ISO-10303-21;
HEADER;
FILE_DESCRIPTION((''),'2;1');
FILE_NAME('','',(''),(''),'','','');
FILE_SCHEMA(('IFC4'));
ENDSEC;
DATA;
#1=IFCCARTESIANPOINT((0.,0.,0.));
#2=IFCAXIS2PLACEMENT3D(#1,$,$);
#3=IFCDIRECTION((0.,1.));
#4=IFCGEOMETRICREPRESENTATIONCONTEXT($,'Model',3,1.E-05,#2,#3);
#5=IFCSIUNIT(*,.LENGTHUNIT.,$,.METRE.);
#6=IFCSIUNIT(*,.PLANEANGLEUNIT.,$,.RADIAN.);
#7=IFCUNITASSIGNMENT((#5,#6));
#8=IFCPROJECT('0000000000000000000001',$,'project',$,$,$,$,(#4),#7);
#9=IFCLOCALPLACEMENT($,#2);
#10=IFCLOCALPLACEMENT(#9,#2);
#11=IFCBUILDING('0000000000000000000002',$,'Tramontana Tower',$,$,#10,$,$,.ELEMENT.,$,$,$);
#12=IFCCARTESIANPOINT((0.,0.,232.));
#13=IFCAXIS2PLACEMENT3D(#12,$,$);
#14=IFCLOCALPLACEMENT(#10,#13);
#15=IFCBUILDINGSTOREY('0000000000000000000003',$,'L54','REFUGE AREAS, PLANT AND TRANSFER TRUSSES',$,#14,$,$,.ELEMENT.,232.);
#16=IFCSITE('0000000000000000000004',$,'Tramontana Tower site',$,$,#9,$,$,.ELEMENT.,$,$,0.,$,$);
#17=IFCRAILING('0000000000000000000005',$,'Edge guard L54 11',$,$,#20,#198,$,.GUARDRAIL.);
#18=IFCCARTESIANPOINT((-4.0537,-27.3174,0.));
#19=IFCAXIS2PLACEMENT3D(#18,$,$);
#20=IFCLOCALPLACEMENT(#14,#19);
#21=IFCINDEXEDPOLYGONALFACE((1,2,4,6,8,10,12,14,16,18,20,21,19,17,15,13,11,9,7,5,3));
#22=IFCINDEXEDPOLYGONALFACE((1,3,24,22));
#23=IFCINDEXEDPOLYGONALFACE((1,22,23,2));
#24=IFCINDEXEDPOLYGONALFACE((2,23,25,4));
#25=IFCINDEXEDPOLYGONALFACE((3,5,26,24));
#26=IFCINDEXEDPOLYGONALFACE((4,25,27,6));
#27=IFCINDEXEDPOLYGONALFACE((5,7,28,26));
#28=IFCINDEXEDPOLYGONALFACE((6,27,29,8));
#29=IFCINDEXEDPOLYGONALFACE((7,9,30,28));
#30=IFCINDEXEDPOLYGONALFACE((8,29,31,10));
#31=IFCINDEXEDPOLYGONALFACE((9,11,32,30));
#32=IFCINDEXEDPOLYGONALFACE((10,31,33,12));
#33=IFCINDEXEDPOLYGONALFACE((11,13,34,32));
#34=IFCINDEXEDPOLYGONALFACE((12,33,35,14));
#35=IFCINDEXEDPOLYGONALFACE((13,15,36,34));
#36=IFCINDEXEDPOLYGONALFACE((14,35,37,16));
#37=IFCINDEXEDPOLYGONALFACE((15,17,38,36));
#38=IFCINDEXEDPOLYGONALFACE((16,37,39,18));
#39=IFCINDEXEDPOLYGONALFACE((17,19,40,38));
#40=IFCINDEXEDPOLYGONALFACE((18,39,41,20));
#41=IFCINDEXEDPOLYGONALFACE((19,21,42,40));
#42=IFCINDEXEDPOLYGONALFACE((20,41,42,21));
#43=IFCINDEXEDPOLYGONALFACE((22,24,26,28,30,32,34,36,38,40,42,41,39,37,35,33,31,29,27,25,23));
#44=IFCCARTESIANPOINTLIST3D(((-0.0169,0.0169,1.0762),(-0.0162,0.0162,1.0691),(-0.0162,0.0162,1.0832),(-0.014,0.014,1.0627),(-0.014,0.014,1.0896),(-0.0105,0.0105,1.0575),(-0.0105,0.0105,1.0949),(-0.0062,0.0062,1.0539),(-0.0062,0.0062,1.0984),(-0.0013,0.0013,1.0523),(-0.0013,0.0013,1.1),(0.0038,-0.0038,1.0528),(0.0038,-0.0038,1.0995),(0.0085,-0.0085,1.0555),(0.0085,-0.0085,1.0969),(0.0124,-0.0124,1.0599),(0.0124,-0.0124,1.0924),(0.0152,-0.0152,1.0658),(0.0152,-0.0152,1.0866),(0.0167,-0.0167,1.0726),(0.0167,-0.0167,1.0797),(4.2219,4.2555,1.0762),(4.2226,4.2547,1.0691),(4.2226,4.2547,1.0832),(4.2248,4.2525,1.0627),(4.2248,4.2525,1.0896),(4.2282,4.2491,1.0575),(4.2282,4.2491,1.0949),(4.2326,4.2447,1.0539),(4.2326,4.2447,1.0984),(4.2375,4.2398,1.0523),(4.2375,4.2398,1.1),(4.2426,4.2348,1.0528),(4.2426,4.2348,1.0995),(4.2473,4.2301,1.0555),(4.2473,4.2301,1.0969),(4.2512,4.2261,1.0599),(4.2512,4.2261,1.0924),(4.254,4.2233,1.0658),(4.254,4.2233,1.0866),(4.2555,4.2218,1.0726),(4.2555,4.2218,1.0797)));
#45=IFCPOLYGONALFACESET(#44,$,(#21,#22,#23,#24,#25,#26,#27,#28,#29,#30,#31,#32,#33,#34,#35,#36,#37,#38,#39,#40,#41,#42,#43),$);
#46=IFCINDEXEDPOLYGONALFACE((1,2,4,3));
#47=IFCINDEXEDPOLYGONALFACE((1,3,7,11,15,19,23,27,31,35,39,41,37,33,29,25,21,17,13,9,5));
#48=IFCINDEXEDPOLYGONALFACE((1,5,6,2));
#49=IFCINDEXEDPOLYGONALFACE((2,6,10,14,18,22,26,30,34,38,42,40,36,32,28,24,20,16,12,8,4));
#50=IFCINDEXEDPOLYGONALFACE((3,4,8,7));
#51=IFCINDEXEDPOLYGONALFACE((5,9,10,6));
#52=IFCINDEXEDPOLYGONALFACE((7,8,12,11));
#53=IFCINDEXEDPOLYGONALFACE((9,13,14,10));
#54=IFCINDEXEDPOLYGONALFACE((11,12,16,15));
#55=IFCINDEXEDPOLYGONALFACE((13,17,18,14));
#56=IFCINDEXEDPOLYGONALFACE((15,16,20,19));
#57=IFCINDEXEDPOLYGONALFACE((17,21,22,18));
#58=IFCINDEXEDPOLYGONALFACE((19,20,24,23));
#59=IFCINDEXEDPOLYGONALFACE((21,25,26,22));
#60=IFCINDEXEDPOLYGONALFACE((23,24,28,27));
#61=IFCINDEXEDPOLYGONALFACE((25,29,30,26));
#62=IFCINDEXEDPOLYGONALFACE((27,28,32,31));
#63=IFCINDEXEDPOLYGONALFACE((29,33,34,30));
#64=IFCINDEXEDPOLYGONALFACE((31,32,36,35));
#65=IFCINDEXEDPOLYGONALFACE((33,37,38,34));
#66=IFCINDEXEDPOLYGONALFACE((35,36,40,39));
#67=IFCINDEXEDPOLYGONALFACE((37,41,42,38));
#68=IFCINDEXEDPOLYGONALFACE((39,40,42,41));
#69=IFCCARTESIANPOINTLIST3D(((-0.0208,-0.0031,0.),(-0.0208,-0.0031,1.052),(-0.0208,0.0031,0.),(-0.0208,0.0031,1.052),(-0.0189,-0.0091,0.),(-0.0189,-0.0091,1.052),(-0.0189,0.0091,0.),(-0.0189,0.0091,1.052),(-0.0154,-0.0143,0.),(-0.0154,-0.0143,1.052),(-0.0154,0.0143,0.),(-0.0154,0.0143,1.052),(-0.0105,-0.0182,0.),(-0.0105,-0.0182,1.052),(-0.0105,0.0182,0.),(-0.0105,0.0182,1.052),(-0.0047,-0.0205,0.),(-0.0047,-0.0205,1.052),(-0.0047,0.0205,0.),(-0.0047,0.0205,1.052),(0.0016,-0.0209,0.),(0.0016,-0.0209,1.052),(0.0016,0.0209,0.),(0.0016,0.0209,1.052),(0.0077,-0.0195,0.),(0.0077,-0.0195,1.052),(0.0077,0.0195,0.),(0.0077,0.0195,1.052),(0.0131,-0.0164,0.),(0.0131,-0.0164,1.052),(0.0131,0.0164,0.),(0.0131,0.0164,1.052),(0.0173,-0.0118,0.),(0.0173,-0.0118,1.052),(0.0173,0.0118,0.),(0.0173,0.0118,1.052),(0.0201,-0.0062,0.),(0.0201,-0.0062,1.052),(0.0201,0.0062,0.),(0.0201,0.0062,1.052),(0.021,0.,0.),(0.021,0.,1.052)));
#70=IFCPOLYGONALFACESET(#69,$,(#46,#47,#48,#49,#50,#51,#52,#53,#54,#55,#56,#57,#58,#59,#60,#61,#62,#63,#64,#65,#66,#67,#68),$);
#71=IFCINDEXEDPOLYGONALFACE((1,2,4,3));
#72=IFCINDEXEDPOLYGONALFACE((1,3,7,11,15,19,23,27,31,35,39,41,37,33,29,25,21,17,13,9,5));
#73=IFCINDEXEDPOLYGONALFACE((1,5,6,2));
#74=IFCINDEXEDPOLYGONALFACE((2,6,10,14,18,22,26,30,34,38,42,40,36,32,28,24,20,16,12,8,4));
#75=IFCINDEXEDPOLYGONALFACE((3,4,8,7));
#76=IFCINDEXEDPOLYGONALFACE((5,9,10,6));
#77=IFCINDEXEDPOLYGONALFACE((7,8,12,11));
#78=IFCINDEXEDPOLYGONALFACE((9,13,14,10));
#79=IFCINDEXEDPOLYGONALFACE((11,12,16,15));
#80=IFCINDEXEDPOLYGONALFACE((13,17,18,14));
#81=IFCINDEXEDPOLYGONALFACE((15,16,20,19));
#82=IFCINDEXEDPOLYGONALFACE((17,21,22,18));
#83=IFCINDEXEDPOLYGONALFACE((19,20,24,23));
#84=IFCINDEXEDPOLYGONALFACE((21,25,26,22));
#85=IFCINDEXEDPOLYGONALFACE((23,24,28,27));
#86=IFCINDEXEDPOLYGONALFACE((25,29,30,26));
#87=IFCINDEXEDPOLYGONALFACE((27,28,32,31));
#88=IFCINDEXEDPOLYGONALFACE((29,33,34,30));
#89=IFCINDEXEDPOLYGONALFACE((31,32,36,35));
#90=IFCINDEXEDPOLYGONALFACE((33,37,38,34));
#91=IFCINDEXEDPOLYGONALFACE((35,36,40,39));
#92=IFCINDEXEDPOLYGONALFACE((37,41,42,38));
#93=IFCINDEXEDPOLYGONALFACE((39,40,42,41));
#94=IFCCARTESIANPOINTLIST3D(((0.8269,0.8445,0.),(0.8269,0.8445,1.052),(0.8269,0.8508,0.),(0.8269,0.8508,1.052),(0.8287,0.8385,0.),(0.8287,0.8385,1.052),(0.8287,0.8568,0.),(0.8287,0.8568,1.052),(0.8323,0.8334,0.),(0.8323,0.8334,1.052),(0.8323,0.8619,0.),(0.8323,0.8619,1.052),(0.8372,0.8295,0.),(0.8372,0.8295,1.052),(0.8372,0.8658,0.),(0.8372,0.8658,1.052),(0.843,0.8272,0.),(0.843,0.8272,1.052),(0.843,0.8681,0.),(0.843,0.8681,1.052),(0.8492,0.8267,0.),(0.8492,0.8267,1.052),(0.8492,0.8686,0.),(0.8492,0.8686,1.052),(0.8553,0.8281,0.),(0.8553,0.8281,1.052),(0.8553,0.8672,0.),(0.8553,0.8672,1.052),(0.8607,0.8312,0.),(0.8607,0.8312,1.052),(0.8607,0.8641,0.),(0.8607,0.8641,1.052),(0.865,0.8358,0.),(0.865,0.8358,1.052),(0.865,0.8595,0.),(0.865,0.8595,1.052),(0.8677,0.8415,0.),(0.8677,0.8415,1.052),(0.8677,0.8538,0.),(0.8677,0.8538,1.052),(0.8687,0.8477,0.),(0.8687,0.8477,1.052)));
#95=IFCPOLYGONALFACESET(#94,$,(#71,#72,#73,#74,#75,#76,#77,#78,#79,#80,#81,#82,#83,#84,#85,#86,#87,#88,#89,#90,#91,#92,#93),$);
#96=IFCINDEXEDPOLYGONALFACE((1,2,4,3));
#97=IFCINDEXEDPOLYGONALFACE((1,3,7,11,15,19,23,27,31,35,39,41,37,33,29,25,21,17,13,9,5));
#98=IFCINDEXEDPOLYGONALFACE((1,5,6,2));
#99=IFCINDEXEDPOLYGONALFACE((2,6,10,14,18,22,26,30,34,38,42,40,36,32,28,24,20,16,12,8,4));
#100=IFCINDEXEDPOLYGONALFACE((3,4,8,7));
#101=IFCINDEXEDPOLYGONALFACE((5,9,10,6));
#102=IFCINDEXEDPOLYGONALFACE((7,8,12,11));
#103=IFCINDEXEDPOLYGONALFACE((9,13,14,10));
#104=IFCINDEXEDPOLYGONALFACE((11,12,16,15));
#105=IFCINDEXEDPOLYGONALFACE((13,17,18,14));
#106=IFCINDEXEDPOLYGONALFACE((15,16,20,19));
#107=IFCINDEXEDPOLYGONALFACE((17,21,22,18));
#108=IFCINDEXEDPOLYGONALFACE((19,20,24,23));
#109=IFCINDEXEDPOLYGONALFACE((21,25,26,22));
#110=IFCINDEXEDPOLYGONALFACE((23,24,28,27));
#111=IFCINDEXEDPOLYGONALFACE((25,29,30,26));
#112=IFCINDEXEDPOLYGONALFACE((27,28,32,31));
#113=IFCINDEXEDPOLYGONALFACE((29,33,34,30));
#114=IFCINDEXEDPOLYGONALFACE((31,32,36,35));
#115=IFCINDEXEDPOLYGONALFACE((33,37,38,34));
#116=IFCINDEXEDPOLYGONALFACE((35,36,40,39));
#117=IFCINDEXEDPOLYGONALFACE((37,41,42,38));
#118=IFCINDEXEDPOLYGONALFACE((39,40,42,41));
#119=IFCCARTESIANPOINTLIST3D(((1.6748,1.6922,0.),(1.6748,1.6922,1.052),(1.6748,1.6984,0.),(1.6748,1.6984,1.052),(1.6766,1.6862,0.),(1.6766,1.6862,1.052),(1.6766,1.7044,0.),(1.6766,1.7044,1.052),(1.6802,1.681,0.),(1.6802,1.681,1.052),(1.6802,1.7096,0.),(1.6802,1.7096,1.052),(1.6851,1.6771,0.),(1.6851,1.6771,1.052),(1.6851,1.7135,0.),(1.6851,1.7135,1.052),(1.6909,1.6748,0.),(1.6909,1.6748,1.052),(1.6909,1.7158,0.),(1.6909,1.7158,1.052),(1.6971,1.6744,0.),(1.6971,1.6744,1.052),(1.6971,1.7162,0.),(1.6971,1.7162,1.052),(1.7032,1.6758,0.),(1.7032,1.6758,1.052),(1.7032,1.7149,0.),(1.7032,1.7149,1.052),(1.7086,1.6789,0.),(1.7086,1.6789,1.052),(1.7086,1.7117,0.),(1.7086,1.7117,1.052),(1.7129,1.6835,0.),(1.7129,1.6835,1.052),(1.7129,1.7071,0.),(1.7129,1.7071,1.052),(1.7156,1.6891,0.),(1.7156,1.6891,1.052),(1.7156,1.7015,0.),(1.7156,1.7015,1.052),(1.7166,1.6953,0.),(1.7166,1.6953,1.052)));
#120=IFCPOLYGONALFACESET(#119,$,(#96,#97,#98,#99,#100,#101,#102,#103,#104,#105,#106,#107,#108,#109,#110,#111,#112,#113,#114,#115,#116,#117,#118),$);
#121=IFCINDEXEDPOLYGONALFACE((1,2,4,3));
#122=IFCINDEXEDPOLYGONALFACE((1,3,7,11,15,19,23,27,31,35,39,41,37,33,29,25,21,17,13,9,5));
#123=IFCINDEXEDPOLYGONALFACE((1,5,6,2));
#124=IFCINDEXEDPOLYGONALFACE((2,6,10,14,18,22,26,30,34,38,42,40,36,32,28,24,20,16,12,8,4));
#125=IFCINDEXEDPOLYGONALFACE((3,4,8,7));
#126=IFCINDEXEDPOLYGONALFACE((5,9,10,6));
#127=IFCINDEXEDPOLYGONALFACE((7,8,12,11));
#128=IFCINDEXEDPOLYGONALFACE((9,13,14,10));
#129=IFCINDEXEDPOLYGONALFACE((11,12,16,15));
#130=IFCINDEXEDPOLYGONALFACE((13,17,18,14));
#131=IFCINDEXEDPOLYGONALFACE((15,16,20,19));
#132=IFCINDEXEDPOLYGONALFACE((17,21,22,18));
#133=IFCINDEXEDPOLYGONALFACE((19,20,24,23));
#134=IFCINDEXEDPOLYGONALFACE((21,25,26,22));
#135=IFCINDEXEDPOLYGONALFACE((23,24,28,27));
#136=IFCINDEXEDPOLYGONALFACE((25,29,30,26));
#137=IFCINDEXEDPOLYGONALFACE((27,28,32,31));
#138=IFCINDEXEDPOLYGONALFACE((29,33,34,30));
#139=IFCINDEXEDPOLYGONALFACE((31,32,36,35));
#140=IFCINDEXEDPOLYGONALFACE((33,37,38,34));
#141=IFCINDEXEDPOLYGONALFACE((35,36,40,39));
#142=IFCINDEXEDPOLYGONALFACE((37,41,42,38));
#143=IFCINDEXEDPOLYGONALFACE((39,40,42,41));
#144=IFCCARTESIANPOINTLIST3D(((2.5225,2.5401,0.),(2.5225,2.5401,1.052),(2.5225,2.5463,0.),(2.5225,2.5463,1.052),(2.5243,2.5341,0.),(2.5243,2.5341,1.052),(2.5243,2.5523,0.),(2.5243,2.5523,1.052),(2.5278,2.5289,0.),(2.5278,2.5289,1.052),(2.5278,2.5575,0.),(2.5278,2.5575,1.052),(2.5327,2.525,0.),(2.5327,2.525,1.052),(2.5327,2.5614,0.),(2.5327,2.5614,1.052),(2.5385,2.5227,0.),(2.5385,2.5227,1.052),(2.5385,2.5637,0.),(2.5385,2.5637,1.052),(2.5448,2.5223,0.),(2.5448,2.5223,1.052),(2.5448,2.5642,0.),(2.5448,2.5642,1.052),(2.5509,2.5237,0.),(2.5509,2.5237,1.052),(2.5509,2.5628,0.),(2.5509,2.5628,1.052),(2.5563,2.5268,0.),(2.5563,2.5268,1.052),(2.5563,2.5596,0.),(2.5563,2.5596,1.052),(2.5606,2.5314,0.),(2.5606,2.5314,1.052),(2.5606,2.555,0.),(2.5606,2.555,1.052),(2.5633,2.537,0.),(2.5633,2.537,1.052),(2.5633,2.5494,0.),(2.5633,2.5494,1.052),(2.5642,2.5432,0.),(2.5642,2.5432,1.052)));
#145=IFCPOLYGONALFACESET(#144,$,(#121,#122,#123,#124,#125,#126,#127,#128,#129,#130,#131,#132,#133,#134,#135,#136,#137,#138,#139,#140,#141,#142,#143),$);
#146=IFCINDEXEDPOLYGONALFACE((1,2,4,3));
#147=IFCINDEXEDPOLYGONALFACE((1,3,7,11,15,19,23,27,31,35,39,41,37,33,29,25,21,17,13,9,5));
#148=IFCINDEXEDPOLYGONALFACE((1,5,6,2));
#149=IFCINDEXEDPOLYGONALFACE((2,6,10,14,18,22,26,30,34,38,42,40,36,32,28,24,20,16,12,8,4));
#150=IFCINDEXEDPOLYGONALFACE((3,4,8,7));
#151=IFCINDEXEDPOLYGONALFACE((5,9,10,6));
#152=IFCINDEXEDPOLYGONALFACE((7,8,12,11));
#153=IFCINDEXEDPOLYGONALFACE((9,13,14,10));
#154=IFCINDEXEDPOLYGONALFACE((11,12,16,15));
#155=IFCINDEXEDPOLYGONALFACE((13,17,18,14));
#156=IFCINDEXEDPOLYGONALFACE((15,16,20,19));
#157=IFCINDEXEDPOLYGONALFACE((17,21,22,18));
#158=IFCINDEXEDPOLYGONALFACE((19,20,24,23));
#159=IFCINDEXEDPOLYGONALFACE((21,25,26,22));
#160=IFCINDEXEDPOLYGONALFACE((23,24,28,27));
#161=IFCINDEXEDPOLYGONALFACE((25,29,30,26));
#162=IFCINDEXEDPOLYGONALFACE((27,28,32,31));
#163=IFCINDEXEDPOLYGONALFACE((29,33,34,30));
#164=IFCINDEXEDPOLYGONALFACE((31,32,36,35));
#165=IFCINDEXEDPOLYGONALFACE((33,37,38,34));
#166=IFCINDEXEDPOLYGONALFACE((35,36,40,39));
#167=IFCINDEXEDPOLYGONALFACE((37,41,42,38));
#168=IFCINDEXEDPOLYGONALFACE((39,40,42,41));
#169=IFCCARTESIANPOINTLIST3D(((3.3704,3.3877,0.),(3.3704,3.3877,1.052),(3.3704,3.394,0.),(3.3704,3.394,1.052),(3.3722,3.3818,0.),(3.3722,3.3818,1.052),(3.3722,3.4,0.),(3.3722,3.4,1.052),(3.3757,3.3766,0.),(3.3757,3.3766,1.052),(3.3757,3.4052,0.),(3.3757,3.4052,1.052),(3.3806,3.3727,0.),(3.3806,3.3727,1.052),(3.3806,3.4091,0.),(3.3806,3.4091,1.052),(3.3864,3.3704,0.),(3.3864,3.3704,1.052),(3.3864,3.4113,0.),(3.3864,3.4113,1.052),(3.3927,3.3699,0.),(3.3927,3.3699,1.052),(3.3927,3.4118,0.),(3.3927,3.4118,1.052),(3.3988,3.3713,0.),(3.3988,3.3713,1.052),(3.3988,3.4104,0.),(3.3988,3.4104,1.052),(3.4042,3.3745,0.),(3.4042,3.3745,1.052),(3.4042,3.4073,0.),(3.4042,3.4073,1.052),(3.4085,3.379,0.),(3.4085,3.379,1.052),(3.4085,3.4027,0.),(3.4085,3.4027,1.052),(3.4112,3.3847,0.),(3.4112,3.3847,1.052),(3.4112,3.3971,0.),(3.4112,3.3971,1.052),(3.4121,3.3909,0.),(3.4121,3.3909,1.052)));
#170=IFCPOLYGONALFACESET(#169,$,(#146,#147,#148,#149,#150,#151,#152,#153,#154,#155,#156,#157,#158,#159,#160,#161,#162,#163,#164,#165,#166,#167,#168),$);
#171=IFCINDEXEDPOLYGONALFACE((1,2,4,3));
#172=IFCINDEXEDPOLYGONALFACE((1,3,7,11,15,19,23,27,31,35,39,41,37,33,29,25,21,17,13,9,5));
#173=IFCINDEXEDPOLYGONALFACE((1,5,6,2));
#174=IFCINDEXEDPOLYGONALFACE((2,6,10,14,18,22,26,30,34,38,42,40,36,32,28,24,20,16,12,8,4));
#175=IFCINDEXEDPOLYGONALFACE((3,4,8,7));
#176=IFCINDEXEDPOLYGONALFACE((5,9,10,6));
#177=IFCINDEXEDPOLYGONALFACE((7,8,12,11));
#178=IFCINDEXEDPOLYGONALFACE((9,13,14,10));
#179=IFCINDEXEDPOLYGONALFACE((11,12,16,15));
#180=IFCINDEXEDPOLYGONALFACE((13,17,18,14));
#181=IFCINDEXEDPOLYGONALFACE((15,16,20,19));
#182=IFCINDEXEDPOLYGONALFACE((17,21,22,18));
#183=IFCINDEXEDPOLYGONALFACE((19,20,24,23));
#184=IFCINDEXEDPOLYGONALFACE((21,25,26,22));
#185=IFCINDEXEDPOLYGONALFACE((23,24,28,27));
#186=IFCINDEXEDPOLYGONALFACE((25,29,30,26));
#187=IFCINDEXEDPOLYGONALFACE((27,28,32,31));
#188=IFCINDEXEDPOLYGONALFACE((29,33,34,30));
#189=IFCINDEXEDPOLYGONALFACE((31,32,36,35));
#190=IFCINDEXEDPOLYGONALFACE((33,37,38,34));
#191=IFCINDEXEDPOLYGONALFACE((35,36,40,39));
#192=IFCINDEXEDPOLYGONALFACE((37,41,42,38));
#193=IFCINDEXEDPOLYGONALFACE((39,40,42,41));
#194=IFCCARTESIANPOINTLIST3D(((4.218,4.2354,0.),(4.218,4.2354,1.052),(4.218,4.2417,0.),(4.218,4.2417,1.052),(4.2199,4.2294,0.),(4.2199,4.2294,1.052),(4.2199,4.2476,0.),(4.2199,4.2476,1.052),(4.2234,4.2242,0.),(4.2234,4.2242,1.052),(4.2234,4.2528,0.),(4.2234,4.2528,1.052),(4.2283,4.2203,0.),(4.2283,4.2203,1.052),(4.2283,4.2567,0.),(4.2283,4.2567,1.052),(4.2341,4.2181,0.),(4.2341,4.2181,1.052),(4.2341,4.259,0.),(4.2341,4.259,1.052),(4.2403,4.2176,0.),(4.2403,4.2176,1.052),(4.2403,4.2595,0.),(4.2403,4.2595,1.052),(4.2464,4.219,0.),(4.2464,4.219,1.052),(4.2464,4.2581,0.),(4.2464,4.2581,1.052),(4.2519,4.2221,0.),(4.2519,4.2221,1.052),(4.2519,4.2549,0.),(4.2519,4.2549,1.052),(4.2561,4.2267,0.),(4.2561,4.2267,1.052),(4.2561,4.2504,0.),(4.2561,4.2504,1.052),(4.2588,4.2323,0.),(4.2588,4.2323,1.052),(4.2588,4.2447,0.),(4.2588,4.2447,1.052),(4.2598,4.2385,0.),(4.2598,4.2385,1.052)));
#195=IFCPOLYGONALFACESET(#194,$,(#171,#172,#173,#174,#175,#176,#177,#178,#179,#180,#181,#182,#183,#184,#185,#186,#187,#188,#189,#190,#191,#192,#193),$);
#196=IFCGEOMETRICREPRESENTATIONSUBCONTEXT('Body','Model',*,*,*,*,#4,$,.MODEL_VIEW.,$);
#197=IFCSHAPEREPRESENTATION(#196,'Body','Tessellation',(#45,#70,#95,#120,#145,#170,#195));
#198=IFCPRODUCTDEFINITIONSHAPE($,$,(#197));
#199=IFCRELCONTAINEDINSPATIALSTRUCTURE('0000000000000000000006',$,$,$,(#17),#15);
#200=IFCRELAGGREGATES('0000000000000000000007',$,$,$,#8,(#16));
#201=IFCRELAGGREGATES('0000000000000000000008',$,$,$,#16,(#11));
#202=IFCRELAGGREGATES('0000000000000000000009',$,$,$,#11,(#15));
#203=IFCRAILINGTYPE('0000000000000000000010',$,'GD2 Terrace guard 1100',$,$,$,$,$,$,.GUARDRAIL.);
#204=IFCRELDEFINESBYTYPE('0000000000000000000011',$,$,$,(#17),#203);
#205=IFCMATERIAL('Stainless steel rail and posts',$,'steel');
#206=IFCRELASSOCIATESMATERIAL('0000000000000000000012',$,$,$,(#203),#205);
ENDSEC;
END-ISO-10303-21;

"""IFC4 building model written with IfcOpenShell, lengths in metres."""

from ifc_helpers import new_model, si_unit, direction, frame, origin, origin_2d, place, context, subcontext, project, spatial, circle, extrude, material, type_object, element, save


model = new_model("IFC4")

# Units and contexts
model_context = context("Model", 3, precision=1e-05, world=origin(), true_north=direction((0.0, 1.0)))
body_context = subcontext(model_context, "Body", "Model", "MODEL_VIEW")
ifc_project = project(units=[si_unit("LENGTHUNIT", "METRE"), si_unit("PLANEANGLEUNIT", "RADIAN")], contexts=[model_context])

# Site, building, storey
site_placement = place(None, origin())
site = spatial("IfcSite", under=ifc_project, at=site_placement, Name="Tramontana Tower site", CompositionType="ELEMENT", RefElevation=0.0)
building_placement = place(site_placement, origin())
building = spatial("IfcBuilding", under=site, at=building_placement, Name="Tramontana Tower", CompositionType="ELEMENT")
storey_placement = place(building_placement, frame((0.0, 0.0, 232.0)))
storey = spatial("IfcBuildingStorey", under=building, at=storey_placement, Name="L54", Description="REFUGE AREAS, PLANT AND TRANSFER TRUSSES", CompositionType="ELEMENT", Elevation=232.0)

# Railing
ifc_material_1 = material(Name="Stainless steel rail and posts", Category="steel")
railing_type = type_object("IfcRailingType", Name="GD2 Terrace guard 1100", PredefinedType="GUARDRAIL", material=ifc_material_1)
railing_1_placement = place(storey_placement, frame((-4.0537, -27.3174, 0.0)))
element("IfcRailing", 1, at=railing_1_placement, inside=storey, type_object=railing_type, Name="Edge guard L54 11", PredefinedType="GUARDRAIL", context=body_context, shape_type="SweptSolid", body=[
    extrude(circle(Radius=0.0239, at=origin_2d()), frame((0.0, 0.0, 1.0762), z_axis=(0.707127, 0.707086, 0.0), x_axis=(-0.707086, 0.707127, 0.0)), (0.0, 0.0, 1.0), 5.9944),
    extrude(circle(Radius=0.021, at=origin_2d()), origin(), (0.0, 0.0, 1.0), 1.052),
    extrude(circle(Radius=0.021, at=origin_2d()), frame((0.8477, 0.8477, 0.0)), (0.0, 0.0, 1.0), 1.052),
    extrude(circle(Radius=0.021, at=origin_2d()), frame((1.6956, 1.6953, 0.0)), (0.0, 0.0, 1.0), 1.052),
    extrude(circle(Radius=0.021, at=origin_2d()), frame((2.5432, 2.5432, 0.0)), (0.0, 0.0, 1.0), 1.052),
    extrude(circle(Radius=0.021, at=origin_2d()), frame((3.3911, 3.3909, 0.0)), (0.0, 0.0, 1.0), 1.052),
    extrude(circle(Radius=0.021, at=origin_2d()), frame((4.2388, 4.2385, 0.0)), (0.0, 0.0, 1.0), 1.052),
])

save(model, "model.ifc")
